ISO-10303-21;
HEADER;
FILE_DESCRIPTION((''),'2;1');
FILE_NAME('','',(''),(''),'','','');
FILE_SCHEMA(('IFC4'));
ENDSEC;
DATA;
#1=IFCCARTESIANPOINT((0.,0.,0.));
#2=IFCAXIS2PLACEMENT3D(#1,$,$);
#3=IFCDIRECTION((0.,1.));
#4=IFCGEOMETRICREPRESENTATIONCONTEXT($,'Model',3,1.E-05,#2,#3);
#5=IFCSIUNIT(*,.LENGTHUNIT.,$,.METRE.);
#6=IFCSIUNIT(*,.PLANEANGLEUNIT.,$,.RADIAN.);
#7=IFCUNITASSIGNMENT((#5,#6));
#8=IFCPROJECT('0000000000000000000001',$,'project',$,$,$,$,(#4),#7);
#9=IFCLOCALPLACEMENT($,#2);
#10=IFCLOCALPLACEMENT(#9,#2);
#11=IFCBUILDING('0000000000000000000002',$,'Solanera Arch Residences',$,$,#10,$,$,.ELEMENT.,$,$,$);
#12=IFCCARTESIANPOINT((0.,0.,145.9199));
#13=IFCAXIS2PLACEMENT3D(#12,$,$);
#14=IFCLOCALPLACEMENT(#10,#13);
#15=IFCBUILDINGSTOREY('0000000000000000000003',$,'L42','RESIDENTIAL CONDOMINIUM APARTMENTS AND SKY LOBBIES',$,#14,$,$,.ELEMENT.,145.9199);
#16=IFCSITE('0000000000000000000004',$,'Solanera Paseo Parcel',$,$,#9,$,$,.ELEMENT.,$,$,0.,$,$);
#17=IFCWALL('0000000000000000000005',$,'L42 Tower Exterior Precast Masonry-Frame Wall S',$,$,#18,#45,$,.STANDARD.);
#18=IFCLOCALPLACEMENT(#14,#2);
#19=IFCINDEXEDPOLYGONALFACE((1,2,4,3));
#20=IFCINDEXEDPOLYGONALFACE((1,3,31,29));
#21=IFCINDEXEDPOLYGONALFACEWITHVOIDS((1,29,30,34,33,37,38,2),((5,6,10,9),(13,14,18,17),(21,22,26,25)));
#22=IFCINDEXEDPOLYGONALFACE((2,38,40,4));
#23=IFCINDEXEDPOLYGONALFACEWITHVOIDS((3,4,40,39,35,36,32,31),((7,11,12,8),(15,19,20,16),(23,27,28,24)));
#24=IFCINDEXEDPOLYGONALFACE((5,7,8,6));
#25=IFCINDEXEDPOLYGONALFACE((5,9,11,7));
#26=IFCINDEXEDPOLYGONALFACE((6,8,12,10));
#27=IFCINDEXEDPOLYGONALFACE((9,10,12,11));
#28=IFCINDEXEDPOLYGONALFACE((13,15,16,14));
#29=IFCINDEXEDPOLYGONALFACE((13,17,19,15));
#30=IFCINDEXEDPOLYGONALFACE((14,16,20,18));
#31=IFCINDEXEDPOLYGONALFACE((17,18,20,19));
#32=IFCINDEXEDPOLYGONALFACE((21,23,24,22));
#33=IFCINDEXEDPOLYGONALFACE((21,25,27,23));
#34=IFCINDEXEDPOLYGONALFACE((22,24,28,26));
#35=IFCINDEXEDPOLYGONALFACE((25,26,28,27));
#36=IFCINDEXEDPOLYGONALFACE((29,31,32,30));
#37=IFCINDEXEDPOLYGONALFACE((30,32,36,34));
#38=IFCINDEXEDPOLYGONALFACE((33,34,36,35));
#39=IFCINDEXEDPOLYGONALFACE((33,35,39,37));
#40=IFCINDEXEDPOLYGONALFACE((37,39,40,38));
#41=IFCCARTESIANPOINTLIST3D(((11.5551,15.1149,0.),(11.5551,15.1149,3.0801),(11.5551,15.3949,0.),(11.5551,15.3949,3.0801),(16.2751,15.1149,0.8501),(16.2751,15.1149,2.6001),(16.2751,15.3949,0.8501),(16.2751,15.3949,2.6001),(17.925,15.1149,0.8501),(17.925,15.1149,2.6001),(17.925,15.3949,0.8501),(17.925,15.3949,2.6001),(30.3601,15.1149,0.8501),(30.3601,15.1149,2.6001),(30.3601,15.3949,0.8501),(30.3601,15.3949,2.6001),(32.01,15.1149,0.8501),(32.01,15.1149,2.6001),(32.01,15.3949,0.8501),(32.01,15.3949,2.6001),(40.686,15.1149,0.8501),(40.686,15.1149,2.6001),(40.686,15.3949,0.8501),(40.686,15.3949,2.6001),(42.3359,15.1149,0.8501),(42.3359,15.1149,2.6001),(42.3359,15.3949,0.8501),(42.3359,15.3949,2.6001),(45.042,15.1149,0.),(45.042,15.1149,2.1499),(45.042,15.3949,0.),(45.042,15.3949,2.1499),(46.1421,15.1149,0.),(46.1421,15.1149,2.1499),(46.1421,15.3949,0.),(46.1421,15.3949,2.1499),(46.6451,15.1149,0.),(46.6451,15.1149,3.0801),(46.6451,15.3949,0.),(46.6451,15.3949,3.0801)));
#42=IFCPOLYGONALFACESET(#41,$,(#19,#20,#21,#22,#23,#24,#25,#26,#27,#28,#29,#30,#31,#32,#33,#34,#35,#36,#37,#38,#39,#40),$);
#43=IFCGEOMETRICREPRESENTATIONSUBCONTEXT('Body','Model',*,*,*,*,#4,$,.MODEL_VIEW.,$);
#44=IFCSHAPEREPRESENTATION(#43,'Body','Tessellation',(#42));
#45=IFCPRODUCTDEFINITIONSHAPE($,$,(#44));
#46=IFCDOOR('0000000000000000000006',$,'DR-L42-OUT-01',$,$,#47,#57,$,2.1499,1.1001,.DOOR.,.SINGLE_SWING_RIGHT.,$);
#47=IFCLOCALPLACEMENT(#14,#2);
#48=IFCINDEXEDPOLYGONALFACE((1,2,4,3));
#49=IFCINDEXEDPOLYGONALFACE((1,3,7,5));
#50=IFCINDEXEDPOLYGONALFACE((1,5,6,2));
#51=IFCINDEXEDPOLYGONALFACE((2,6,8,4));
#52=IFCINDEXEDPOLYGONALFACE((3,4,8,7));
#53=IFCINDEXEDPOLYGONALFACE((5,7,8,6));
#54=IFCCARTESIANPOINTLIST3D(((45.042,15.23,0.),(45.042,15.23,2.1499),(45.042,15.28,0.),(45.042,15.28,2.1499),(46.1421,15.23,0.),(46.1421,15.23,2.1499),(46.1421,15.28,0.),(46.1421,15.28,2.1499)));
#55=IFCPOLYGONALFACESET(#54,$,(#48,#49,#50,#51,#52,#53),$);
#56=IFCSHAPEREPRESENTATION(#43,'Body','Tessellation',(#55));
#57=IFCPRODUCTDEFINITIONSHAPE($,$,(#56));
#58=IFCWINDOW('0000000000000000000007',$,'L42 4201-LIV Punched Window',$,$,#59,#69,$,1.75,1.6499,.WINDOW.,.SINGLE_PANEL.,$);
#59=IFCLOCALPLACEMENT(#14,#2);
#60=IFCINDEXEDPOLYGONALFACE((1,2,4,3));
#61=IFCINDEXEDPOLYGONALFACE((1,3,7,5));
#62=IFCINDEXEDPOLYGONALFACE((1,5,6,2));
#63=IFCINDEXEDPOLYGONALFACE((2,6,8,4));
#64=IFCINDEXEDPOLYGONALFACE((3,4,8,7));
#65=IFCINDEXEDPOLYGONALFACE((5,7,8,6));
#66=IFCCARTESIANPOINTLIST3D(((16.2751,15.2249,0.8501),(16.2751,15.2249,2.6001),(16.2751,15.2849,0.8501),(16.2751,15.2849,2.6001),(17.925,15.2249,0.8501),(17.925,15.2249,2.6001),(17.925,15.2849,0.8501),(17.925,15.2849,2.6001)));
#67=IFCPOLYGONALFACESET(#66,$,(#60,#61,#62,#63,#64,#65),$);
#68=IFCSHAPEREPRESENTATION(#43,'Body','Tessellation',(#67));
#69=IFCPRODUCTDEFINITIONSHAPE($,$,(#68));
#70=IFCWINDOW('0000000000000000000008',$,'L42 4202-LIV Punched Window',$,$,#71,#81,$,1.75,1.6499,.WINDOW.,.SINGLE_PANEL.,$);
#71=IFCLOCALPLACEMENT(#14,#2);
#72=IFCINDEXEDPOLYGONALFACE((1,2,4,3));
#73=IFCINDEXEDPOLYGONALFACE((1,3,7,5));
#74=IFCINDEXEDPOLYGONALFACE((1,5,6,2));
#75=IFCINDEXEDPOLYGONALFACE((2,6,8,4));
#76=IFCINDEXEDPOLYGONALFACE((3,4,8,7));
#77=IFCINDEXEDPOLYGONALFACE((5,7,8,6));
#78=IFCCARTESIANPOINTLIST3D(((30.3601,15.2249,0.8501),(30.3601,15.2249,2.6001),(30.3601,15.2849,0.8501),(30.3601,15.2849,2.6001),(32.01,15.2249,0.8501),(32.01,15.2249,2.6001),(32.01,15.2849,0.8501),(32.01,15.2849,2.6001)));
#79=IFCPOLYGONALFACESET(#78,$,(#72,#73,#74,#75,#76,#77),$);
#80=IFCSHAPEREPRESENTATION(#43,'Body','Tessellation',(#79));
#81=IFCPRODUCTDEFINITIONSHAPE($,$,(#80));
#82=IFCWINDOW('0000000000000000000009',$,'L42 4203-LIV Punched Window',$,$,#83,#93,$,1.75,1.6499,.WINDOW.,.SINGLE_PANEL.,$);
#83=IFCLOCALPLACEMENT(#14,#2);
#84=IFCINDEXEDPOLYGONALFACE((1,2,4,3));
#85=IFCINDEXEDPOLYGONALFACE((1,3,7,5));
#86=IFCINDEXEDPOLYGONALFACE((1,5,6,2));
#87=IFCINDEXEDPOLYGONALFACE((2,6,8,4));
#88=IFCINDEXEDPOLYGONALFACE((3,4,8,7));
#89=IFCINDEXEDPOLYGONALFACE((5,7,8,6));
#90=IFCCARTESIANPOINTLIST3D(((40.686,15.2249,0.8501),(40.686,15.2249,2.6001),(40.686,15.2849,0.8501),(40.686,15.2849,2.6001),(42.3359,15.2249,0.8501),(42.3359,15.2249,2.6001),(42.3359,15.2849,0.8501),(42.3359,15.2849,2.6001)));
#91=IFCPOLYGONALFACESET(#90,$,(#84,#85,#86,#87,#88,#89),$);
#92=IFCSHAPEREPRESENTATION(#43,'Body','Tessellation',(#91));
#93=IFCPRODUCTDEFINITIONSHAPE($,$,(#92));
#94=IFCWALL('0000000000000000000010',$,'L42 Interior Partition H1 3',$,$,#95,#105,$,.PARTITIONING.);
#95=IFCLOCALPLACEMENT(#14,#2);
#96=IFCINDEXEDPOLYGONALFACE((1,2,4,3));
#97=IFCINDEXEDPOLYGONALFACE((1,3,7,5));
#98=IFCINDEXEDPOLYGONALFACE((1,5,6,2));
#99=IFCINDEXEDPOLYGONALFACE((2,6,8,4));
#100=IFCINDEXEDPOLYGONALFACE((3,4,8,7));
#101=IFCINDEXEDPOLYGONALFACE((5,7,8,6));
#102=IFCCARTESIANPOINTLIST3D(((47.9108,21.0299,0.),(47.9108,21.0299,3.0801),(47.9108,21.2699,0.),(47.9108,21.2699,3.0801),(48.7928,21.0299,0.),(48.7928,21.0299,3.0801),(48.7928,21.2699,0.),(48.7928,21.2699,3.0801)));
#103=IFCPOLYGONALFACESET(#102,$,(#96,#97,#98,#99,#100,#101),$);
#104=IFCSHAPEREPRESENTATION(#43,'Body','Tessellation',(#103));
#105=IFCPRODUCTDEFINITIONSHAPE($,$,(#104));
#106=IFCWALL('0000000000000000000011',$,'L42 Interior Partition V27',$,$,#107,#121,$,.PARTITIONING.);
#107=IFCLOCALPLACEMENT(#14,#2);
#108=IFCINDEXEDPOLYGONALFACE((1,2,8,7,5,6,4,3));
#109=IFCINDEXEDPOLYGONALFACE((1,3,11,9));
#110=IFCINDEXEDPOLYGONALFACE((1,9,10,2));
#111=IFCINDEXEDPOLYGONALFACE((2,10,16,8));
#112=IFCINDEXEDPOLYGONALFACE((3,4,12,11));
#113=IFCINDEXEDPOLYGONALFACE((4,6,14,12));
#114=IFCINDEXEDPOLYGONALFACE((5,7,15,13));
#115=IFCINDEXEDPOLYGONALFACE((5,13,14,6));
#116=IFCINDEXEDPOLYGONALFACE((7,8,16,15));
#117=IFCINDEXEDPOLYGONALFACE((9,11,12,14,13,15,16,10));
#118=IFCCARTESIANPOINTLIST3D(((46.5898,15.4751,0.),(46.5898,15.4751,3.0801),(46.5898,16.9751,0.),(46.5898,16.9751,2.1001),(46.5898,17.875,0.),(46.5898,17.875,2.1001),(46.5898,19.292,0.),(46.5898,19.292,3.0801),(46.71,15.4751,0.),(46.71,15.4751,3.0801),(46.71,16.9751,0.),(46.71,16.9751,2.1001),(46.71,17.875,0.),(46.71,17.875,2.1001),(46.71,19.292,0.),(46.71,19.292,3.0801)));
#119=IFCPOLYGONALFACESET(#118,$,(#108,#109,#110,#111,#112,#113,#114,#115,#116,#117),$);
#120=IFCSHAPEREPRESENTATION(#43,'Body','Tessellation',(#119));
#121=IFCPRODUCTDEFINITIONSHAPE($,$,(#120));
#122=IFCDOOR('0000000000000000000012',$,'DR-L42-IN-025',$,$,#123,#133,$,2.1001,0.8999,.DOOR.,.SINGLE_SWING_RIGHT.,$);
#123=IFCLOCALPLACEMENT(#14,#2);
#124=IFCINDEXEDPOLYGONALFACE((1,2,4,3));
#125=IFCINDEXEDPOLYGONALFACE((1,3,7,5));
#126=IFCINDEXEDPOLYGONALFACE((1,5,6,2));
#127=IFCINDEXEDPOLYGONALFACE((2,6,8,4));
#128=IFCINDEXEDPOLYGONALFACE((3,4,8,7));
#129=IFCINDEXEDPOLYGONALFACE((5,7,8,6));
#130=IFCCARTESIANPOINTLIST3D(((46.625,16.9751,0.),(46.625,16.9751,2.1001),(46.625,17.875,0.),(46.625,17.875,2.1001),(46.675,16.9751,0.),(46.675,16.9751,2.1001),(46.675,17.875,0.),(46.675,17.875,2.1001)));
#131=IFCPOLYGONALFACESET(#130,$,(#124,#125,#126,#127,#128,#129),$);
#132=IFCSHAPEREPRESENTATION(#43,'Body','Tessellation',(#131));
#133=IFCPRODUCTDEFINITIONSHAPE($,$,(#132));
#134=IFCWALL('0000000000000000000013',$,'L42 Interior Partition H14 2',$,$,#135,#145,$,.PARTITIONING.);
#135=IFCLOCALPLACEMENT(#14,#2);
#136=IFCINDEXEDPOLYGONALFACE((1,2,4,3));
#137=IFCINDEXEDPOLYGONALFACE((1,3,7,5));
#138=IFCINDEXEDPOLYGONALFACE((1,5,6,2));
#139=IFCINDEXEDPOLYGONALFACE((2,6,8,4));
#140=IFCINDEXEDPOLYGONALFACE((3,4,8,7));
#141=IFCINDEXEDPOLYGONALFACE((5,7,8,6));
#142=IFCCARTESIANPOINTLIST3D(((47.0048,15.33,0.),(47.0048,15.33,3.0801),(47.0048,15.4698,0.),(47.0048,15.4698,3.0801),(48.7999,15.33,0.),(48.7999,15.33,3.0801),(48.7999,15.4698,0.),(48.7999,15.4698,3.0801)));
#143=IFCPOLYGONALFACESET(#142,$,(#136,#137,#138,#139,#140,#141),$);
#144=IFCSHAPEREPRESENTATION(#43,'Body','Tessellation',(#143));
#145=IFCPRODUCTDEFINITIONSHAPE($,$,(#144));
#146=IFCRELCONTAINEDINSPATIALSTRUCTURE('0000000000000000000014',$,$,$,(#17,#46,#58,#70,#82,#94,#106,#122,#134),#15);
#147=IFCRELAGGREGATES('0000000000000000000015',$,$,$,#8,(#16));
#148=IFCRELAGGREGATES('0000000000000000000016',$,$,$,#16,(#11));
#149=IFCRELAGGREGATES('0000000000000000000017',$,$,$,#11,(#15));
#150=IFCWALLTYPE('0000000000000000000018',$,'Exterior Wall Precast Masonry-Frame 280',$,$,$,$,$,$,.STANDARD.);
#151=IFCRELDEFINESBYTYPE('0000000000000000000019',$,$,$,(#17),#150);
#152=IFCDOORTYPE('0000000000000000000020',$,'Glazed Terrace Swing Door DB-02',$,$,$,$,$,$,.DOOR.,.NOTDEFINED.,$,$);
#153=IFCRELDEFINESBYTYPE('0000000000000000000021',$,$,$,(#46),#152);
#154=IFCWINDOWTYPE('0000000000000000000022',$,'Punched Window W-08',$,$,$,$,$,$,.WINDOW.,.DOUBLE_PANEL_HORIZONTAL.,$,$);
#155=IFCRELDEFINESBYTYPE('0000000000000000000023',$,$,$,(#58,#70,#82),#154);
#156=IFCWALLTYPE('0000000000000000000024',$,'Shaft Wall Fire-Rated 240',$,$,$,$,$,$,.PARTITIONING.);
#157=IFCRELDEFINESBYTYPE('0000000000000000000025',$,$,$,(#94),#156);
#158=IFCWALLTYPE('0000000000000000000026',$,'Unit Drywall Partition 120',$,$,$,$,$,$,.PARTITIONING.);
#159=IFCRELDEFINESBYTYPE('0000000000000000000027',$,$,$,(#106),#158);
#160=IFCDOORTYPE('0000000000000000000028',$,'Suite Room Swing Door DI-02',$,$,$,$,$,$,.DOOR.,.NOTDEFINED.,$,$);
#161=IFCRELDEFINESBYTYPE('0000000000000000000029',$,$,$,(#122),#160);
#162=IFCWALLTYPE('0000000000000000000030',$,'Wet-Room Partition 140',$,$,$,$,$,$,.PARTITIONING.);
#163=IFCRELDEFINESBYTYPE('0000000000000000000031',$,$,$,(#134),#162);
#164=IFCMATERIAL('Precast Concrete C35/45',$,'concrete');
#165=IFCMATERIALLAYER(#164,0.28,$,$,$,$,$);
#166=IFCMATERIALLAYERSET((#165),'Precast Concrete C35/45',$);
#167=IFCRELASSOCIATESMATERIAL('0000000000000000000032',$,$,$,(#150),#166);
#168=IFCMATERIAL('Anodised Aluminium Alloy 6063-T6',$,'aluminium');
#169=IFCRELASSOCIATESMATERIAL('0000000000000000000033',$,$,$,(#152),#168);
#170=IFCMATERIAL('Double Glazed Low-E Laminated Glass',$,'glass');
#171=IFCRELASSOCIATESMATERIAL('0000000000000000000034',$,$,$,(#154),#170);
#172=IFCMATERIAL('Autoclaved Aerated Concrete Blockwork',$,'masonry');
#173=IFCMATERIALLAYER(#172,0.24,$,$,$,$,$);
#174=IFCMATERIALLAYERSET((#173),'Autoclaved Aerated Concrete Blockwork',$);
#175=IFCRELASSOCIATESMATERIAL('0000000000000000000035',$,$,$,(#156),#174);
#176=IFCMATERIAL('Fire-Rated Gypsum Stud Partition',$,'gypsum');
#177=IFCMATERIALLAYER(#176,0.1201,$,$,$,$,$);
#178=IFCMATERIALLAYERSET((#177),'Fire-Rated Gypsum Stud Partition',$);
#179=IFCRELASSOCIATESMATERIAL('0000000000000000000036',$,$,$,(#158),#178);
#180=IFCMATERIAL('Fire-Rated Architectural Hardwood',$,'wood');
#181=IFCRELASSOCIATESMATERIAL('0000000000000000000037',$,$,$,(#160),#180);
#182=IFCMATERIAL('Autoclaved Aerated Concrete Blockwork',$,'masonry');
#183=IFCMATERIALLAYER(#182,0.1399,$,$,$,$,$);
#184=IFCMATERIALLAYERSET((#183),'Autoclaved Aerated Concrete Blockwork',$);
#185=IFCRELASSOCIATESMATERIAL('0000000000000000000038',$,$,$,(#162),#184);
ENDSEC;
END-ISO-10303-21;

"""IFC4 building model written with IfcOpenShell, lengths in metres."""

from ifc_helpers import new_model, si_unit, direction, frame, frame_2d, origin, place, context, subcontext, project, spatial, rectangle, extrude, material, layer, layer_set, type_object, element, fill, save


model = new_model("IFC4")

# Units and contexts
model_context = context("Model", 3, precision=1e-05, world=origin(), true_north=direction((0.0, 1.0)))
body_context = subcontext(model_context, "Body", "Model", "MODEL_VIEW")
ifc_project = project(units=[si_unit("LENGTHUNIT", "METRE"), si_unit("PLANEANGLEUNIT", "RADIAN")], contexts=[model_context])

# Site, building, storey
site_placement = place(None, origin())
site = spatial("IfcSite", under=ifc_project, at=site_placement, Name="Solanera Paseo Parcel", CompositionType="ELEMENT", RefElevation=0.0)
building_placement = place(site_placement, origin())
building = spatial("IfcBuilding", under=site, at=building_placement, Name="Solanera Arch Residences", CompositionType="ELEMENT")
storey_placement = place(building_placement, frame((0.0, 0.0, 145.9199)))
storey = spatial("IfcBuildingStorey", under=building, at=storey_placement, Name="L42", Description="RESIDENTIAL CONDOMINIUM APARTMENTS AND SKY LOBBIES", CompositionType="ELEMENT", Elevation=145.9199)

# Shared definitions
ifc_material_1 = material(Name="Precast Concrete C35/45", Category="concrete")
ifc_layer_1 = layer(ifc_material_1, 0.28)
ifc_layer_set_1 = layer_set([ifc_layer_1], Name="Precast Concrete C35/45")
wall_type_1 = type_object("IfcWallType", Name="Exterior Wall Precast Masonry-Frame 280", PredefinedType="STANDARD", material=ifc_layer_set_1)

# Wall, openings, door, windows
wall_1_placement = place(storey_placement, frame((46.645, 15.2549, 0.0), z_axis=(0.0, 0.0, 1.0), x_axis=(-1.0, 0.0, 0.0)))
wall_1 = element("IfcWall", 1, at=wall_1_placement, inside=storey, type_object=wall_type_1, Name="L42 Tower Exterior Precast Masonry-Frame Wall S", PredefinedType="STANDARD", context=body_context, shape_type="SweptSolid", body=[
    extrude(rectangle(XDim=35.0901, YDim=0.28, at=frame_2d((17.5449, 0.0))), origin(), (0.0, 0.0, 1.0), 3.0801),
])
opening_1_placement = place(wall_1_placement, frame((0.5029, 0.0, 0.0)))
opening_1 = element("IfcOpeningElement", 2, at=opening_1_placement, cuts=wall_1, PredefinedType="OPENING", context=body_context, shape_type="SweptSolid", body=[
    extrude(rectangle(XDim=1.1001, YDim=2.1499, at=frame_2d((0.55, 1.075))), frame((0.0, 0.1499, 0.0), z_axis=(0.0, -1.0, 0.0), x_axis=(1.0, 0.0, 0.0)), (0.0, 0.0, 1.0), 0.3),
])
opening_2_placement = place(wall_1_placement, frame((28.72, 0.0, 0.8501)))
opening_2 = element("IfcOpeningElement", 3, at=opening_2_placement, cuts=wall_1, PredefinedType="OPENING", context=body_context, shape_type="SweptSolid", body=[
    extrude(rectangle(XDim=1.6499, YDim=1.75, at=frame_2d((0.825, 0.875))), frame((0.0, 0.1499, 0.0), z_axis=(0.0, -1.0, 0.0), x_axis=(1.0, 0.0, 0.0)), (0.0, 0.0, 1.0), 0.3),
])
opening_3_placement = place(wall_1_placement, frame((14.635, 0.0, 0.8501)))
opening_3 = element("IfcOpeningElement", 4, at=opening_3_placement, cuts=wall_1, PredefinedType="OPENING", context=body_context, shape_type="SweptSolid", body=[
    extrude(rectangle(XDim=1.6499, YDim=1.75, at=frame_2d((0.825, 0.875))), frame((0.0, 0.1499, 0.0), z_axis=(0.0, -1.0, 0.0), x_axis=(1.0, 0.0, 0.0)), (0.0, 0.0, 1.0), 0.3),
])
opening_4_placement = place(wall_1_placement, frame((4.3091, 0.0, 0.8501)))
opening_4 = element("IfcOpeningElement", 5, at=opening_4_placement, cuts=wall_1, PredefinedType="OPENING", context=body_context, shape_type="SweptSolid", body=[
    extrude(rectangle(XDim=1.6499, YDim=1.75, at=frame_2d((0.825, 0.875))), frame((0.0, 0.1499, 0.0), z_axis=(0.0, -1.0, 0.0), x_axis=(1.0, 0.0, 0.0)), (0.0, 0.0, 1.0), 0.3),
])
ifc_material_2 = material(Name="Anodised Aluminium Alloy 6063-T6", Category="aluminium")
door_type_1 = type_object("IfcDoorType", Name="Glazed Terrace Swing Door DB-02", OperationType="NOTDEFINED", PredefinedType="DOOR", material=ifc_material_2)
door_1_placement = place(opening_1_placement, origin())
door_1 = element("IfcDoor", 6, at=door_1_placement, inside=storey, type_object=door_type_1, Name="DR-L42-OUT-01", OperationType="SINGLE_SWING_RIGHT", OverallHeight=2.1499, OverallWidth=1.1001, PredefinedType="DOOR", context=body_context, shape_type="SweptSolid", body=[
    extrude(rectangle(XDim=1.1001, YDim=2.1499, at=frame_2d((0.55, 1.075))), frame((0.0, 0.0249, 0.0), z_axis=(0.0, -1.0, 0.0), x_axis=(1.0, 0.0, 0.0)), (0.0, 0.0, 1.0), 0.05),
])
fill(opening_1, door_1)
ifc_material_3 = material(Name="Double Glazed Low-E Laminated Glass", Category="glass")
window_type = type_object("IfcWindowType", Name="Punched Window W-08", PartitioningType="DOUBLE_PANEL_HORIZONTAL", PredefinedType="WINDOW", material=ifc_material_3)
window_1_placement = place(opening_2_placement, origin())
window_1 = element("IfcWindow", 7, at=window_1_placement, inside=storey, type_object=window_type, Name="L42 4201-LIV Punched Window", OverallHeight=1.75, OverallWidth=1.6499, PartitioningType="SINGLE_PANEL", PredefinedType="WINDOW", context=body_context, shape_type="SweptSolid", body=[
    extrude(rectangle(XDim=1.6499, YDim=1.75, at=frame_2d((0.825, 0.875))), frame((0.0, 0.03, 0.0), z_axis=(0.0, -1.0, 0.0), x_axis=(1.0, 0.0, 0.0)), (0.0, 0.0, 1.0), 0.0601),
])
fill(opening_2, window_1)
window_2_placement = place(opening_3_placement, origin())
window_2 = element("IfcWindow", 8, at=window_2_placement, inside=storey, type_object=window_type, Name="L42 4202-LIV Punched Window", OverallHeight=1.75, OverallWidth=1.6499, PartitioningType="SINGLE_PANEL", PredefinedType="WINDOW", context=body_context, shape_type="SweptSolid", body=[
    extrude(rectangle(XDim=1.6499, YDim=1.75, at=frame_2d((0.825, 0.875))), frame((0.0, 0.03, 0.0), z_axis=(0.0, -1.0, 0.0), x_axis=(1.0, 0.0, 0.0)), (0.0, 0.0, 1.0), 0.0601),
])
fill(opening_3, window_2)
window_3_placement = place(opening_4_placement, origin())
window_3 = element("IfcWindow", 9, at=window_3_placement, inside=storey, type_object=window_type, Name="L42 4203-LIV Punched Window", OverallHeight=1.75, OverallWidth=1.6499, PartitioningType="SINGLE_PANEL", PredefinedType="WINDOW", context=body_context, shape_type="SweptSolid", body=[
    extrude(rectangle(XDim=1.6499, YDim=1.75, at=frame_2d((0.825, 0.875))), frame((0.0, 0.03, 0.0), z_axis=(0.0, -1.0, 0.0), x_axis=(1.0, 0.0, 0.0)), (0.0, 0.0, 1.0), 0.0601),
])
fill(opening_4, window_3)

# Shared definitions
ifc_material_4 = material(Name="Autoclaved Aerated Concrete Blockwork", Category="masonry")
ifc_layer_2 = layer(ifc_material_4, 0.24)
ifc_layer_set_2 = layer_set([ifc_layer_2], Name="Autoclaved Aerated Concrete Blockwork")
wall_type_2 = type_object("IfcWallType", Name="Shaft Wall Fire-Rated 240", PredefinedType="PARTITIONING", material=ifc_layer_set_2)

# Wall
wall_2_placement = place(storey_placement, frame((47.9109, 21.1499, 0.0), z_axis=(0.0, 0.0, 1.0), x_axis=(1.0, 0.0, 0.0)))
element("IfcWall", 10, at=wall_2_placement, inside=storey, type_object=wall_type_2, Name="L42 Interior Partition H1 3", PredefinedType="PARTITIONING", context=body_context, shape_type="SweptSolid", body=[
    extrude(rectangle(XDim=0.8821, YDim=0.24, at=frame_2d((0.4409, 0.0))), origin(), (0.0, 0.0, 1.0), 3.0801),
])

# Wall, opening, door
ifc_material_5 = material(Name="Fire-Rated Gypsum Stud Partition", Category="gypsum")
ifc_layer_3 = layer(ifc_material_5, 0.1201)
ifc_layer_set_3 = layer_set([ifc_layer_3], Name="Fire-Rated Gypsum Stud Partition")
wall_type_3 = type_object("IfcWallType", Name="Unit Drywall Partition 120", PredefinedType="PARTITIONING", material=ifc_layer_set_3)
wall_3_placement = place(storey_placement, frame((46.6499, 15.4751, 0.0), z_axis=(0.0, 0.0, 1.0), x_axis=(0.0, 1.0, 0.0)))
wall_3 = element("IfcWall", 11, at=wall_3_placement, inside=storey, type_object=wall_type_3, Name="L42 Interior Partition V27", PredefinedType="PARTITIONING", context=body_context, shape_type="SweptSolid", body=[
    extrude(rectangle(XDim=3.8169, YDim=0.1201, at=frame_2d((1.9084, 0.0))), origin(), (0.0, 0.0, 1.0), 3.0801),
])
opening_5_placement = place(wall_3_placement, frame((1.5, 0.0, 0.0)))
opening_5 = element("IfcOpeningElement", 12, at=opening_5_placement, cuts=wall_3, PredefinedType="OPENING", context=body_context, shape_type="SweptSolid", body=[
    extrude(rectangle(XDim=0.8999, YDim=2.1001, at=frame_2d((0.45, 1.05))), frame((0.0, 0.0701, 0.0), z_axis=(0.0, -1.0, 0.0), x_axis=(1.0, 0.0, 0.0)), (0.0, 0.0, 1.0), 0.1401),
])
ifc_material_6 = material(Name="Fire-Rated Architectural Hardwood", Category="wood")
door_type_2 = type_object("IfcDoorType", Name="Suite Room Swing Door DI-02", OperationType="NOTDEFINED", PredefinedType="DOOR", material=ifc_material_6)
door_2_placement = place(opening_5_placement, origin())
door_2 = element("IfcDoor", 13, at=door_2_placement, inside=storey, type_object=door_type_2, Name="DR-L42-IN-025", OperationType="SINGLE_SWING_RIGHT", OverallHeight=2.1001, OverallWidth=0.8999, PredefinedType="DOOR", context=body_context, shape_type="SweptSolid", body=[
    extrude(rectangle(XDim=0.8999, YDim=2.1001, at=frame_2d((0.45, 1.05))), frame((0.0, 0.0249, 0.0), z_axis=(0.0, -1.0, 0.0), x_axis=(1.0, 0.0, 0.0)), (0.0, 0.0, 1.0), 0.05),
])
fill(opening_5, door_2)

# Wall
ifc_material_7 = material(Name="Autoclaved Aerated Concrete Blockwork", Category="masonry")
ifc_layer_4 = layer(ifc_material_7, 0.1399)
ifc_layer_set_4 = layer_set([ifc_layer_4], Name="Autoclaved Aerated Concrete Blockwork")
wall_type_4 = type_object("IfcWallType", Name="Wet-Room Partition 140", PredefinedType="PARTITIONING", material=ifc_layer_set_4)
wall_4_placement = place(storey_placement, frame((47.0049, 15.3999, 0.0), z_axis=(0.0, 0.0, 1.0), x_axis=(1.0, 0.0, 0.0)))
element("IfcWall", 14, at=wall_4_placement, inside=storey, type_object=wall_type_4, Name="L42 Interior Partition H14 2", PredefinedType="PARTITIONING", context=body_context, shape_type="SweptSolid", body=[
    extrude(rectangle(XDim=1.7952, YDim=0.1399, at=frame_2d((0.8975, 0.0))), origin(), (0.0, 0.0, 1.0), 3.0801),
])

save(model, "model.ifc")
